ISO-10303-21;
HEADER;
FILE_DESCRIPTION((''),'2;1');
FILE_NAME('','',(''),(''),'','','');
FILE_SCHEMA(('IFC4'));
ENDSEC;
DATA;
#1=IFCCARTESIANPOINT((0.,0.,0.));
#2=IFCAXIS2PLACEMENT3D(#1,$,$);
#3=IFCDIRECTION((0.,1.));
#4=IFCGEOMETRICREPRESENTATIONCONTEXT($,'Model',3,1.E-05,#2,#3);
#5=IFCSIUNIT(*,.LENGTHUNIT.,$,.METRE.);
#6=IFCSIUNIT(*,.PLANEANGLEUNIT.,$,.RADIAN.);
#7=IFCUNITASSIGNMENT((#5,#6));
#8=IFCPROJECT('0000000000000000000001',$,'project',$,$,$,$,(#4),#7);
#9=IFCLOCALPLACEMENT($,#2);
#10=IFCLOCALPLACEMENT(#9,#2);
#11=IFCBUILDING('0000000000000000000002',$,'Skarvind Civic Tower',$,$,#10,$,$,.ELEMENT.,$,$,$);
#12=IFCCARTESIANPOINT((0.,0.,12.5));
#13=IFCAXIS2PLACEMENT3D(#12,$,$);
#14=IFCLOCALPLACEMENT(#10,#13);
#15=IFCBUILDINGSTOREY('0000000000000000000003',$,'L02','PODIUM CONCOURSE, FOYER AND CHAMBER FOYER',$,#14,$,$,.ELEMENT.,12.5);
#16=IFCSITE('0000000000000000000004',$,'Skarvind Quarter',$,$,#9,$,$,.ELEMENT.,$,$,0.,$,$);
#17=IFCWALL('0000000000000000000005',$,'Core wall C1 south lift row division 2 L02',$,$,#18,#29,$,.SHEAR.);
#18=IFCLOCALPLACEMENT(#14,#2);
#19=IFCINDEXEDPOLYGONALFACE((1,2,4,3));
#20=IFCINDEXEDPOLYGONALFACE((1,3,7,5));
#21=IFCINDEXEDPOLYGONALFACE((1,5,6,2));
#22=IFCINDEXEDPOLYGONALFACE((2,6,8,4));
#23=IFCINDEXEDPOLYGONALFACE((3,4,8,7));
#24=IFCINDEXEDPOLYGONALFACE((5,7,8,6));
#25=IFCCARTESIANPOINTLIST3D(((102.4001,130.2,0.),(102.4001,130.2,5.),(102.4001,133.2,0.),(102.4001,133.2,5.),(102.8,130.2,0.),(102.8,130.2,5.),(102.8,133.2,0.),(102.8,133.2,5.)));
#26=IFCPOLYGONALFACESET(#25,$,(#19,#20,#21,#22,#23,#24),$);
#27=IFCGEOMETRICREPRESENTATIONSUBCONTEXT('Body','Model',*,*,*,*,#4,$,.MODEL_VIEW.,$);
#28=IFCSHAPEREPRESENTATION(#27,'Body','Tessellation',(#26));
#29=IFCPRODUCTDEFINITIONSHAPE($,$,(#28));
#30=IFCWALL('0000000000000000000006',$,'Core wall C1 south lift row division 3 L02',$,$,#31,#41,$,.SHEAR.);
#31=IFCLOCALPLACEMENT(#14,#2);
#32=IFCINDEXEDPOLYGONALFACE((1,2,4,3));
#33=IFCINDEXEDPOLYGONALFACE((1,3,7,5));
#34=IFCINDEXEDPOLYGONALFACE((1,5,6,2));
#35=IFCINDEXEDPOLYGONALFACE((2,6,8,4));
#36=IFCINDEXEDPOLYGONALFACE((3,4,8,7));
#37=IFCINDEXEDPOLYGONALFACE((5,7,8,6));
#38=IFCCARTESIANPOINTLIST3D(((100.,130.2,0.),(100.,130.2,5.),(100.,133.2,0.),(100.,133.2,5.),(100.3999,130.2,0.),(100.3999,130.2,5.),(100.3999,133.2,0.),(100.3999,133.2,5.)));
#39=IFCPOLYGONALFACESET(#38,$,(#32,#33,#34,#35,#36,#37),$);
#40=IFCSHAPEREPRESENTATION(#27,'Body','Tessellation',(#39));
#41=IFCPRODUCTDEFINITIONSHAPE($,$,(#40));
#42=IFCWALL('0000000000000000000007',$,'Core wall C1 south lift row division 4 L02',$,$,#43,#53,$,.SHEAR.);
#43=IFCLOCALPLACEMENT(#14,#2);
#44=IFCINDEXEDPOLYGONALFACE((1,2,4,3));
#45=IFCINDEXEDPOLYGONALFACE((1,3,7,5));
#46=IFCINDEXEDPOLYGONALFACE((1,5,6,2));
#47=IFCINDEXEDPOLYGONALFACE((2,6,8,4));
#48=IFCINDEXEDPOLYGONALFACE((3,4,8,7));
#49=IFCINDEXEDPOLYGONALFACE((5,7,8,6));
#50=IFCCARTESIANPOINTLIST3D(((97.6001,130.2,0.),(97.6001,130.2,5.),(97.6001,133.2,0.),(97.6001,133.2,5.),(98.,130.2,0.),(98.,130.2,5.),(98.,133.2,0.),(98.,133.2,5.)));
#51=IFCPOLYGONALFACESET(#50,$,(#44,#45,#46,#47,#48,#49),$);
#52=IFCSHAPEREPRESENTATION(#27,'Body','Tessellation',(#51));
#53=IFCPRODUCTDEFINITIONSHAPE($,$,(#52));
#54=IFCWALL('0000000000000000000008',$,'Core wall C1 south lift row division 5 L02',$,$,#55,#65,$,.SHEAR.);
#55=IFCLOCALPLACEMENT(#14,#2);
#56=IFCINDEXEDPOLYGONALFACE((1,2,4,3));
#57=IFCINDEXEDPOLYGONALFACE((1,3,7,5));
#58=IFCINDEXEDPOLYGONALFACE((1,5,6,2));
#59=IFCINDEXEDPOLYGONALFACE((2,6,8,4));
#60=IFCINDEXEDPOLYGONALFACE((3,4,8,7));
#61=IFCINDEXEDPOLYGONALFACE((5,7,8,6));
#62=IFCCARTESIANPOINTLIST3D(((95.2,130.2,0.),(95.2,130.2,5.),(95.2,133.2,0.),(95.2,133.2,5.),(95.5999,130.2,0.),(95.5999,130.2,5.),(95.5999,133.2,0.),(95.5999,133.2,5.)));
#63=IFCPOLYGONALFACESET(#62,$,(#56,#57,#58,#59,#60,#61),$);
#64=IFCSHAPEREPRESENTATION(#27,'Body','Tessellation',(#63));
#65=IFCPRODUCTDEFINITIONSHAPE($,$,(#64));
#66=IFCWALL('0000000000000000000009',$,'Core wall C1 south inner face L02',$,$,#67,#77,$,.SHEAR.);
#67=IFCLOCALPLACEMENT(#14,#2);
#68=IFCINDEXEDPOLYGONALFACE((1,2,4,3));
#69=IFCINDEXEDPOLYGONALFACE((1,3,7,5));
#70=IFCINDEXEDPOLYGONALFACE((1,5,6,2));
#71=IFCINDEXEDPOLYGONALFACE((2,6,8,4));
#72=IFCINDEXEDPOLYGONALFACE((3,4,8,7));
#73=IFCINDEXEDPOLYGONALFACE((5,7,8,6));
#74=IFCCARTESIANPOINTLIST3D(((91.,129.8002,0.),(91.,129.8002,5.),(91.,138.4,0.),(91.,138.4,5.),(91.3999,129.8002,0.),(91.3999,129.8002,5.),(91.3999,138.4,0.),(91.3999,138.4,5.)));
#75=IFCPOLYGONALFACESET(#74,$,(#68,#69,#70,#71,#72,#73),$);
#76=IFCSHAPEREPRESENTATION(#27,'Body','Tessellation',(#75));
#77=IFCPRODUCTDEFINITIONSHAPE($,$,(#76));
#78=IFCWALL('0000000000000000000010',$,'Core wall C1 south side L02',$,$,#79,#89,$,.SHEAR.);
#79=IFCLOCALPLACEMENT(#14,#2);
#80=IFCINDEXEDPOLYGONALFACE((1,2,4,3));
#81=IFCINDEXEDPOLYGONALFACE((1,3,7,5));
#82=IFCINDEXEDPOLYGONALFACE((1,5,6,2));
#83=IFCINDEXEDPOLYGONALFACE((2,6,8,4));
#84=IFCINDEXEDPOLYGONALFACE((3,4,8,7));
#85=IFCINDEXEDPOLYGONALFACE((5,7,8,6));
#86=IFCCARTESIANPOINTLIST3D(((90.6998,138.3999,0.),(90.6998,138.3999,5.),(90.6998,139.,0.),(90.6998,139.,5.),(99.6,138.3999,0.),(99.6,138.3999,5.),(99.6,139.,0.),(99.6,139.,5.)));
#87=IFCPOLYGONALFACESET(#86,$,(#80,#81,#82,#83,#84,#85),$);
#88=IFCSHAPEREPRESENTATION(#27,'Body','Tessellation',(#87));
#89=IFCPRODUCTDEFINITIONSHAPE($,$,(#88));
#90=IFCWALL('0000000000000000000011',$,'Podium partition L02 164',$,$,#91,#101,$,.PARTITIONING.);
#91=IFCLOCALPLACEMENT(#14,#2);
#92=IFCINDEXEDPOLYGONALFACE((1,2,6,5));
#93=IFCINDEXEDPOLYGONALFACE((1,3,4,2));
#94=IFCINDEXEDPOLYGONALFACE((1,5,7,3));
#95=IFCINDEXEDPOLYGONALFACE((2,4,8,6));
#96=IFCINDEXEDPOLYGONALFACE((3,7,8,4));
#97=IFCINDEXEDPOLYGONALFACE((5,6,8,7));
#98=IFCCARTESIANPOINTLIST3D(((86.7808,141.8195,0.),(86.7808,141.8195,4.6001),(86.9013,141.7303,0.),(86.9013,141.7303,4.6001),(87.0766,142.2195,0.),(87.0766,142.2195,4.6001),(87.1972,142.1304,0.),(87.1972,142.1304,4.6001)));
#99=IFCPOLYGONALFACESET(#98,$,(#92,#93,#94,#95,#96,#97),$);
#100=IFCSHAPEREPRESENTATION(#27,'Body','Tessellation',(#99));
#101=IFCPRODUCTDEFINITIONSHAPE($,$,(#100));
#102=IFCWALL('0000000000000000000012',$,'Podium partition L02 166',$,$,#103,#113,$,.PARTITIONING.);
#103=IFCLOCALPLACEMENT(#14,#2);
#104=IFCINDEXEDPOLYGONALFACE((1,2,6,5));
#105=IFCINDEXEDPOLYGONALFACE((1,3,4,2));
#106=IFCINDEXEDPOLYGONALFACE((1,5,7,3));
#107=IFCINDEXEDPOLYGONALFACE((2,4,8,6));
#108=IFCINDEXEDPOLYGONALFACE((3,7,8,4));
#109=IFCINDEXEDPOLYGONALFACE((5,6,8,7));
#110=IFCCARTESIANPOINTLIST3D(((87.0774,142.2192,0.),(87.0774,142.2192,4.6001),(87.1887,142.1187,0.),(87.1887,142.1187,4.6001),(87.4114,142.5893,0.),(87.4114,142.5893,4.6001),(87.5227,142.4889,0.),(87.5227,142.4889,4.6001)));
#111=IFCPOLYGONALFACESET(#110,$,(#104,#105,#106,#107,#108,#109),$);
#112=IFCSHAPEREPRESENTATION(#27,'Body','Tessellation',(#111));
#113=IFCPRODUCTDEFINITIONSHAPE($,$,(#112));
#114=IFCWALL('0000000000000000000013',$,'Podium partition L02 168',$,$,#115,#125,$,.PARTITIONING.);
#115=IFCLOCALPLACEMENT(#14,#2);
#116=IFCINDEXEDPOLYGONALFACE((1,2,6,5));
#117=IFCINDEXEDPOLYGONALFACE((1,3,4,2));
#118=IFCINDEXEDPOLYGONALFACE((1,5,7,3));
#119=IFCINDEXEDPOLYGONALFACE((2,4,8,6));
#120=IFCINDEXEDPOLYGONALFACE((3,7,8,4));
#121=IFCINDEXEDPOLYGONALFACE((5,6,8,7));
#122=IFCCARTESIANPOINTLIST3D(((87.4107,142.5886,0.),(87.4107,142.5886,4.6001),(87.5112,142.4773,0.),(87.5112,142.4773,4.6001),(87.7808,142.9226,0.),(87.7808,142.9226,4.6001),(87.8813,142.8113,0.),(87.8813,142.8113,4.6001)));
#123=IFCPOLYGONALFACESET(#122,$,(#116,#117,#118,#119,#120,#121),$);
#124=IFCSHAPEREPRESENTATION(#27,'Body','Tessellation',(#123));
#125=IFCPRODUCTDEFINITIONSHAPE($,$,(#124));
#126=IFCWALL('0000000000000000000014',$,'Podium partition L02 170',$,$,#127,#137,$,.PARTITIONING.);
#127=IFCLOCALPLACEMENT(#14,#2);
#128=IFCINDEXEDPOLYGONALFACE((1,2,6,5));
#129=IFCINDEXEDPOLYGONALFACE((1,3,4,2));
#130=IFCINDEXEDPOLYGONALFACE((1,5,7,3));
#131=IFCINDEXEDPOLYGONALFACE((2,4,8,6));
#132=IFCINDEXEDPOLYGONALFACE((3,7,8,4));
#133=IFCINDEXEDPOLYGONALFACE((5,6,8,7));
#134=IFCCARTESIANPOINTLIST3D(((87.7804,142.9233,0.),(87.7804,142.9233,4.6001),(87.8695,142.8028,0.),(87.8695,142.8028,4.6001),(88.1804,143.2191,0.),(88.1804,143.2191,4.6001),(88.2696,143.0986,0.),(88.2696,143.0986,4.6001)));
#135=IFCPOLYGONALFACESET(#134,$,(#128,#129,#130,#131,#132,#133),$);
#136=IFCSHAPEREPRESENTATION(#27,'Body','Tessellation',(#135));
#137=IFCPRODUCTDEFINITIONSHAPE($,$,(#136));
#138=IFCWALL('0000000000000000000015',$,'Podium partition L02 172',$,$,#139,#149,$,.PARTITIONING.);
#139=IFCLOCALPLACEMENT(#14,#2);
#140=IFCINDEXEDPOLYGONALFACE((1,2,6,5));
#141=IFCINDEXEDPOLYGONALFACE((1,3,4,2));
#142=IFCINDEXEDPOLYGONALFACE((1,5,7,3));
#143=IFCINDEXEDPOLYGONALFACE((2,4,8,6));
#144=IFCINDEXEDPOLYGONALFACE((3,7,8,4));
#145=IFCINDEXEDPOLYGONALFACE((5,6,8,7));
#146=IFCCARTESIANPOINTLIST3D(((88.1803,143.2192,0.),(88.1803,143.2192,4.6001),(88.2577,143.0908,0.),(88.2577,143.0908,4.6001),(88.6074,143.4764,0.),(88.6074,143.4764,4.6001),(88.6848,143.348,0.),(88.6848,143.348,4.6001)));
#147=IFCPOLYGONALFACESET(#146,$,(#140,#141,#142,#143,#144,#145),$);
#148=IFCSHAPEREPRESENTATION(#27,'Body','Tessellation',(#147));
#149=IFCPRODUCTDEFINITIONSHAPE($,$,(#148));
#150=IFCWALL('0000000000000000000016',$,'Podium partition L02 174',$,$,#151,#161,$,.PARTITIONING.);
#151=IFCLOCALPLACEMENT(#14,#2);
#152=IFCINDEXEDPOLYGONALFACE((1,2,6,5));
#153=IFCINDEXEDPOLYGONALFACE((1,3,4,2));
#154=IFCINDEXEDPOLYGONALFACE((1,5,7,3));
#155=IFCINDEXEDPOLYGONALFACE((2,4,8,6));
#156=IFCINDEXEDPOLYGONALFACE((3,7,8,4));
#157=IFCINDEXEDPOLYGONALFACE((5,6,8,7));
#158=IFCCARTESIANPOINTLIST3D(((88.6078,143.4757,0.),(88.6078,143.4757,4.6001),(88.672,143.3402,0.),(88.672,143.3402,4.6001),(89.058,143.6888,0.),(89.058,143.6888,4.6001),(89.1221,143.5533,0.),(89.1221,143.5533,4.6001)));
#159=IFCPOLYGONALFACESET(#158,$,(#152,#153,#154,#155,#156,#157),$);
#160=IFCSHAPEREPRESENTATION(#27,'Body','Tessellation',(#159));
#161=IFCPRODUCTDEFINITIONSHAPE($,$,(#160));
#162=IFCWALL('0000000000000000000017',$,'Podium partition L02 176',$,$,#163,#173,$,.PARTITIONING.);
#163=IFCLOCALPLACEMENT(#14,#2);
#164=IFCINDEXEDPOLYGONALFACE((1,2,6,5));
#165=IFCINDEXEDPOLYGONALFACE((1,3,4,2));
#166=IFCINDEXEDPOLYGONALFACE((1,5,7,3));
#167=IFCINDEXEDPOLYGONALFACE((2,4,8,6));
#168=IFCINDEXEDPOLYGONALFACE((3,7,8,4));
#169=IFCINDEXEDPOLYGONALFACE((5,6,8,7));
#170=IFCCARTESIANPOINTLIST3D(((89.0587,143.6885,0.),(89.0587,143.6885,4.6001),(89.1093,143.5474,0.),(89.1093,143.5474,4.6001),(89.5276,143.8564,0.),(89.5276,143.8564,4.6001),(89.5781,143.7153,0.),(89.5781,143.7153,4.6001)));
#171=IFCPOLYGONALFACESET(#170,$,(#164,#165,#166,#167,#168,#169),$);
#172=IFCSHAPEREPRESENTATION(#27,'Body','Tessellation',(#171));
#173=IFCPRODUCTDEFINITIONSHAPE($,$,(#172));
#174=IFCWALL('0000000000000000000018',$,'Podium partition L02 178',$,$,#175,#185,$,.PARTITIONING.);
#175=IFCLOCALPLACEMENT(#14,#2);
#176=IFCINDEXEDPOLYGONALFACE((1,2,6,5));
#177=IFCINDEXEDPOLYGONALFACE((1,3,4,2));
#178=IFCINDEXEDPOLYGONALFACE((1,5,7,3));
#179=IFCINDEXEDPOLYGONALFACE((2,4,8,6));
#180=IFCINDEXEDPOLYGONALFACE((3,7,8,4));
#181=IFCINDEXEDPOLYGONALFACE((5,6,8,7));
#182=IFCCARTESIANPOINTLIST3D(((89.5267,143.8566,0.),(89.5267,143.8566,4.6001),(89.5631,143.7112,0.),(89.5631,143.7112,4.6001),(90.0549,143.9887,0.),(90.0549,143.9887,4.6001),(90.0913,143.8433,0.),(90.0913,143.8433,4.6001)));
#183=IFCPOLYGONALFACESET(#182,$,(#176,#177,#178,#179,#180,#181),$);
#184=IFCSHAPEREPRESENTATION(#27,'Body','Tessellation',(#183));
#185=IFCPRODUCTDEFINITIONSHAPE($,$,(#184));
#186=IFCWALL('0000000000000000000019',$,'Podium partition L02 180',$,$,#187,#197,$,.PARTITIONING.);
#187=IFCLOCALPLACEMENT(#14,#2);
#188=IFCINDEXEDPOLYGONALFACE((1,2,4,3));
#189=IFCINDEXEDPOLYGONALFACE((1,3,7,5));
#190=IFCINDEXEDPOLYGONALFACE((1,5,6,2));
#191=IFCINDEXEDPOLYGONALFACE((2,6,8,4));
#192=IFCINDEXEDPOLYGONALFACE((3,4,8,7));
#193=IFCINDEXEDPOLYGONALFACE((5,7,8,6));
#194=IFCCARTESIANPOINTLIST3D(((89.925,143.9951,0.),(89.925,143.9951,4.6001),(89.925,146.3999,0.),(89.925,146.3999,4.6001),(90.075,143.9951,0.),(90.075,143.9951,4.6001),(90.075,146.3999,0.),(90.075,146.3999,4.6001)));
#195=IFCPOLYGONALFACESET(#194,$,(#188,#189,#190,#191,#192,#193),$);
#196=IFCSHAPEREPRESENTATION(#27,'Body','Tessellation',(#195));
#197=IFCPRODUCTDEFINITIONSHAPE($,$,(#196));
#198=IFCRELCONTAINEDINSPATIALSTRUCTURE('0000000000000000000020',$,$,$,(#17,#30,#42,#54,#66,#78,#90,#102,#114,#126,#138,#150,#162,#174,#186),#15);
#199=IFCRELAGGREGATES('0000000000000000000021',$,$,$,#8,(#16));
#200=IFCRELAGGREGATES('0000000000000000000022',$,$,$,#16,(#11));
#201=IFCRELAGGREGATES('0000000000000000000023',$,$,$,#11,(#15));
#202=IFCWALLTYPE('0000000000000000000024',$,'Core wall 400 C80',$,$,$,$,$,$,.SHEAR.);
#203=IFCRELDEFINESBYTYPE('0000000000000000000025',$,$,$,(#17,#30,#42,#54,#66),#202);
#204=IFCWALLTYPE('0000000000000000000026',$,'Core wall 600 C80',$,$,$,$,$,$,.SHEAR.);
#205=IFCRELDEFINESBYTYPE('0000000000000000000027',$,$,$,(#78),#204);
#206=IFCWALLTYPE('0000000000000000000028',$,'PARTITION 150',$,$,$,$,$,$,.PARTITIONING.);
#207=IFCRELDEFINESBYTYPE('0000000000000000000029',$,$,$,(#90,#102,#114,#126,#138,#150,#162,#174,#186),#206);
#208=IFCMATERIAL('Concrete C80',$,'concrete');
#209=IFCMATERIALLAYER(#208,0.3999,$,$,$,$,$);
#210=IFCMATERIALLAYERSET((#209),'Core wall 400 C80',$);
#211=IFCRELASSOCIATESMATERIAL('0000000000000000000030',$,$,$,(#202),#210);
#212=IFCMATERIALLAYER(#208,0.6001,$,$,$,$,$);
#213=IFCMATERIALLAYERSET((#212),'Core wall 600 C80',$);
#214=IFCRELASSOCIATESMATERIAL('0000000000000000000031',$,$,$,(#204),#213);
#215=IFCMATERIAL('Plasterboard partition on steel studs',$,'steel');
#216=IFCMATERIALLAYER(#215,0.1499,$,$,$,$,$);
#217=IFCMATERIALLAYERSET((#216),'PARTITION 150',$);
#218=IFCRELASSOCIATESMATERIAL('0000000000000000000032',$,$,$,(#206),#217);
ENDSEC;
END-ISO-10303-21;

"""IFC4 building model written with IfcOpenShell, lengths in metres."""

from ifc_helpers import new_model, si_unit, direction, frame, frame_2d, origin, place, context, subcontext, project, spatial, rectangle, extrude, material, layer, layer_set, type_object, element, save


model = new_model("IFC4")

# Units and contexts
model_context = context("Model", 3, precision=1e-05, world=origin(), true_north=direction((0.0, 1.0)))
body_context = subcontext(model_context, "Body", "Model", "MODEL_VIEW")
ifc_project = project(units=[si_unit("LENGTHUNIT", "METRE"), si_unit("PLANEANGLEUNIT", "RADIAN")], contexts=[model_context])

# Site, building, storey
site_placement = place(None, origin())
site = spatial("IfcSite", under=ifc_project, at=site_placement, Name="Skarvind Quarter", CompositionType="ELEMENT", RefElevation=0.0)
building_placement = place(site_placement, origin())
building = spatial("IfcBuilding", under=site, at=building_placement, Name="Skarvind Civic Tower", CompositionType="ELEMENT")
storey_placement = place(building_placement, frame((0.0, 0.0, 12.5)))
storey = spatial("IfcBuildingStorey", under=building, at=storey_placement, Name="L02", Description="PODIUM CONCOURSE, FOYER AND CHAMBER FOYER", CompositionType="ELEMENT", Elevation=12.5)

# Shared definitions
ifc_material_1 = material(Name="Concrete C80", Category="concrete")

# Shared definitions
ifc_layer_1 = layer(ifc_material_1, 0.3999)
ifc_layer_set_1 = layer_set([ifc_layer_1], Name="Core wall 400 C80")
wall_type_1 = type_object("IfcWallType", Name="Core wall 400 C80", PredefinedType="SHEAR", material=ifc_layer_set_1)

# Walls
for number, where, z_axis, x_axis, name in (
    (1, (102.6001, 133.2, 0.0), (0.0, 0.0, 1.0), (0.0, -1.0, 0.0), "Core wall C1 south lift row division 2 L02"),
    (2, (100.2, 133.2, 0.0), (0.0, 0.0, 1.0), (0.0, -1.0, 0.0), "Core wall C1 south lift row division 3 L02"),
    (3, (97.8, 133.2, 0.0), (0.0, 0.0, 1.0), (0.0, -1.0, 0.0), "Core wall C1 south lift row division 4 L02"),
    (4, (95.3999, 133.2, 0.0), (0.0, 0.0, 1.0), (0.0, -1.0, 0.0), "Core wall C1 south lift row division 5 L02"),
):
    element("IfcWall", number, at=place(storey_placement, frame(where, z_axis=z_axis, x_axis=x_axis)), inside=storey, type_object=wall_type_1, Name=name, PredefinedType="SHEAR", context=body_context, shape_type="SweptSolid", body=[
        extrude(rectangle(XDim=3.0, YDim=0.3999, at=frame_2d((1.5, 0.0))), origin(), (0.0, 0.0, 1.0), 5.0),
    ])
wall_1_placement = place(storey_placement, frame((91.2, 138.3999, 0.0), z_axis=(0.0, 0.0, 1.0), x_axis=(0.0, -1.0, 0.0)))
element("IfcWall", 5, at=wall_1_placement, inside=storey, type_object=wall_type_1, Name="Core wall C1 south inner face L02", PredefinedType="SHEAR", context=body_context, shape_type="SweptSolid", body=[
    extrude(rectangle(XDim=8.5999, YDim=0.3999, at=frame_2d((4.2998, 0.0))), origin(), (0.0, 0.0, 1.0), 5.0),
])
ifc_layer_2 = layer(ifc_material_1, 0.6001)
ifc_layer_set_2 = layer_set([ifc_layer_2], Name="Core wall 600 C80")
wall_type_2 = type_object("IfcWallType", Name="Core wall 600 C80", PredefinedType="SHEAR", material=ifc_layer_set_2)
wall_2_placement = place(storey_placement, frame((99.6001, 138.7, 0.0), z_axis=(0.0, 0.0, 1.0), x_axis=(-1.0, 0.0, 0.0)))
element("IfcWall", 6, at=wall_2_placement, inside=storey, type_object=wall_type_2, Name="Core wall C1 south side L02", PredefinedType="SHEAR", context=body_context, shape_type="SweptSolid", body=[
    extrude(rectangle(XDim=8.9001, YDim=0.6001, at=frame_2d((4.4502, 0.0))), origin(), (0.0, 0.0, 1.0), 5.0),
])
ifc_material_2 = material(Name="Plasterboard partition on steel studs", Category="steel")
ifc_layer_3 = layer(ifc_material_2, 0.1499)
ifc_layer_set_3 = layer_set([ifc_layer_3], Name="PARTITION 150")
wall_type_3 = type_object("IfcWallType", Name="PARTITION 150", PredefinedType="PARTITIONING", material=ifc_layer_set_3)
wall_3_placement = place(storey_placement, frame((86.8411, 141.7749, 0.0), z_axis=(0.0, 0.0, 1.0), x_axis=(0.59457, 0.804044, 0.0)))
element("IfcWall", 7, at=wall_3_placement, inside=storey, type_object=wall_type_3, Name="Podium partition L02 164", PredefinedType="PARTITIONING", context=body_context, shape_type="SweptSolid", body=[
    extrude(rectangle(XDim=0.4976, YDim=0.1499, at=frame_2d((0.2488, 0.0))), origin(), (0.0, 0.0, 1.0), 4.6001),
])
for number, where, z_axis, x_axis, name in (
    (8, (87.1331, 142.1689, 0.0), (0.0, 0.0, 1.0), (0.669938, 0.742417, 0.0), "Podium partition L02 166"),
    (9, (87.4609, 142.533, 0.0), (0.0, 0.0, 1.0), (0.742417, 0.669938, 0.0), "Podium partition L02 168"),
):
    element("IfcWall", number, at=place(storey_placement, frame(where, z_axis=z_axis, x_axis=x_axis)), inside=storey, type_object=wall_type_3, Name=name, PredefinedType="PARTITIONING", context=body_context, shape_type="SweptSolid", body=[
        extrude(rectangle(XDim=0.4985, YDim=0.1499, at=frame_2d((0.2493, 0.0))), origin(), (0.0, 0.0, 1.0), 4.6001),
    ])
wall_4_placement = place(storey_placement, frame((87.825, 142.863, 0.0), z_axis=(0.0, 0.0, 1.0), x_axis=(0.804044, 0.59457, 0.0)))
element("IfcWall", 10, at=wall_4_placement, inside=storey, type_object=wall_type_3, Name="Podium partition L02 170", PredefinedType="PARTITIONING", context=body_context, shape_type="SweptSolid", body=[
    extrude(rectangle(XDim=0.4976, YDim=0.1499, at=frame_2d((0.2488, 0.0))), origin(), (0.0, 0.0, 1.0), 4.6001),
])
wall_5_placement = place(storey_placement, frame((88.219, 143.155, 0.0), z_axis=(0.0, 0.0, 1.0), x_axis=(0.856714, 0.515792, 0.0)))
element("IfcWall", 11, at=wall_5_placement, inside=storey, type_object=wall_type_3, Name="Podium partition L02 172", PredefinedType="PARTITIONING", context=body_context, shape_type="SweptSolid", body=[
    extrude(rectangle(XDim=0.4985, YDim=0.1499, at=frame_2d((0.2493, 0.0))), origin(), (0.0, 0.0, 1.0), 4.6001),
])
for number, where, z_axis, x_axis, name in (
    (12, (88.6399, 143.408, 0.0), (0.0, 0.0, 1.0), (0.903828, 0.427897, 0.0), "Podium partition L02 174"),
    (13, (89.084, 143.6179, 0.0), (0.0, 0.0, 1.0), (0.941442, 0.337174, 0.0), "Podium partition L02 176"),
):
    element("IfcWall", number, at=place(storey_placement, frame(where, z_axis=z_axis, x_axis=x_axis)), inside=storey, type_object=wall_type_3, Name=name, PredefinedType="PARTITIONING", context=body_context, shape_type="SweptSolid", body=[
        extrude(rectangle(XDim=0.498, YDim=0.1499, at=frame_2d((0.249, 0.0))), origin(), (0.0, 0.0, 1.0), 4.6001),
    ])
wall_6_placement = place(storey_placement, frame((89.5449, 143.7839, 0.0), z_axis=(0.0, 0.0, 1.0), x_axis=(0.970116, 0.242641, 0.0)))
element("IfcWall", 14, at=wall_6_placement, inside=storey, type_object=wall_type_3, Name="Podium partition L02 178", PredefinedType="PARTITIONING", context=body_context, shape_type="SweptSolid", body=[
    extrude(rectangle(XDim=0.5444, YDim=0.1499, at=frame_2d((0.2722, 0.0))), origin(), (0.0, 0.0, 1.0), 4.6001),
])
wall_7_placement = place(storey_placement, frame((90.0, 143.9951, 0.0), z_axis=(0.0, 0.0, 1.0), x_axis=(0.0, 1.0, 0.0)))
element("IfcWall", 15, at=wall_7_placement, inside=storey, type_object=wall_type_3, Name="Podium partition L02 180", PredefinedType="PARTITIONING", context=body_context, shape_type="SweptSolid", body=[
    extrude(rectangle(XDim=2.4048, YDim=0.1499, at=frame_2d((1.2024, 0.0))), origin(), (0.0, 0.0, 1.0), 4.6001),
])

save(model, "model.ifc")
